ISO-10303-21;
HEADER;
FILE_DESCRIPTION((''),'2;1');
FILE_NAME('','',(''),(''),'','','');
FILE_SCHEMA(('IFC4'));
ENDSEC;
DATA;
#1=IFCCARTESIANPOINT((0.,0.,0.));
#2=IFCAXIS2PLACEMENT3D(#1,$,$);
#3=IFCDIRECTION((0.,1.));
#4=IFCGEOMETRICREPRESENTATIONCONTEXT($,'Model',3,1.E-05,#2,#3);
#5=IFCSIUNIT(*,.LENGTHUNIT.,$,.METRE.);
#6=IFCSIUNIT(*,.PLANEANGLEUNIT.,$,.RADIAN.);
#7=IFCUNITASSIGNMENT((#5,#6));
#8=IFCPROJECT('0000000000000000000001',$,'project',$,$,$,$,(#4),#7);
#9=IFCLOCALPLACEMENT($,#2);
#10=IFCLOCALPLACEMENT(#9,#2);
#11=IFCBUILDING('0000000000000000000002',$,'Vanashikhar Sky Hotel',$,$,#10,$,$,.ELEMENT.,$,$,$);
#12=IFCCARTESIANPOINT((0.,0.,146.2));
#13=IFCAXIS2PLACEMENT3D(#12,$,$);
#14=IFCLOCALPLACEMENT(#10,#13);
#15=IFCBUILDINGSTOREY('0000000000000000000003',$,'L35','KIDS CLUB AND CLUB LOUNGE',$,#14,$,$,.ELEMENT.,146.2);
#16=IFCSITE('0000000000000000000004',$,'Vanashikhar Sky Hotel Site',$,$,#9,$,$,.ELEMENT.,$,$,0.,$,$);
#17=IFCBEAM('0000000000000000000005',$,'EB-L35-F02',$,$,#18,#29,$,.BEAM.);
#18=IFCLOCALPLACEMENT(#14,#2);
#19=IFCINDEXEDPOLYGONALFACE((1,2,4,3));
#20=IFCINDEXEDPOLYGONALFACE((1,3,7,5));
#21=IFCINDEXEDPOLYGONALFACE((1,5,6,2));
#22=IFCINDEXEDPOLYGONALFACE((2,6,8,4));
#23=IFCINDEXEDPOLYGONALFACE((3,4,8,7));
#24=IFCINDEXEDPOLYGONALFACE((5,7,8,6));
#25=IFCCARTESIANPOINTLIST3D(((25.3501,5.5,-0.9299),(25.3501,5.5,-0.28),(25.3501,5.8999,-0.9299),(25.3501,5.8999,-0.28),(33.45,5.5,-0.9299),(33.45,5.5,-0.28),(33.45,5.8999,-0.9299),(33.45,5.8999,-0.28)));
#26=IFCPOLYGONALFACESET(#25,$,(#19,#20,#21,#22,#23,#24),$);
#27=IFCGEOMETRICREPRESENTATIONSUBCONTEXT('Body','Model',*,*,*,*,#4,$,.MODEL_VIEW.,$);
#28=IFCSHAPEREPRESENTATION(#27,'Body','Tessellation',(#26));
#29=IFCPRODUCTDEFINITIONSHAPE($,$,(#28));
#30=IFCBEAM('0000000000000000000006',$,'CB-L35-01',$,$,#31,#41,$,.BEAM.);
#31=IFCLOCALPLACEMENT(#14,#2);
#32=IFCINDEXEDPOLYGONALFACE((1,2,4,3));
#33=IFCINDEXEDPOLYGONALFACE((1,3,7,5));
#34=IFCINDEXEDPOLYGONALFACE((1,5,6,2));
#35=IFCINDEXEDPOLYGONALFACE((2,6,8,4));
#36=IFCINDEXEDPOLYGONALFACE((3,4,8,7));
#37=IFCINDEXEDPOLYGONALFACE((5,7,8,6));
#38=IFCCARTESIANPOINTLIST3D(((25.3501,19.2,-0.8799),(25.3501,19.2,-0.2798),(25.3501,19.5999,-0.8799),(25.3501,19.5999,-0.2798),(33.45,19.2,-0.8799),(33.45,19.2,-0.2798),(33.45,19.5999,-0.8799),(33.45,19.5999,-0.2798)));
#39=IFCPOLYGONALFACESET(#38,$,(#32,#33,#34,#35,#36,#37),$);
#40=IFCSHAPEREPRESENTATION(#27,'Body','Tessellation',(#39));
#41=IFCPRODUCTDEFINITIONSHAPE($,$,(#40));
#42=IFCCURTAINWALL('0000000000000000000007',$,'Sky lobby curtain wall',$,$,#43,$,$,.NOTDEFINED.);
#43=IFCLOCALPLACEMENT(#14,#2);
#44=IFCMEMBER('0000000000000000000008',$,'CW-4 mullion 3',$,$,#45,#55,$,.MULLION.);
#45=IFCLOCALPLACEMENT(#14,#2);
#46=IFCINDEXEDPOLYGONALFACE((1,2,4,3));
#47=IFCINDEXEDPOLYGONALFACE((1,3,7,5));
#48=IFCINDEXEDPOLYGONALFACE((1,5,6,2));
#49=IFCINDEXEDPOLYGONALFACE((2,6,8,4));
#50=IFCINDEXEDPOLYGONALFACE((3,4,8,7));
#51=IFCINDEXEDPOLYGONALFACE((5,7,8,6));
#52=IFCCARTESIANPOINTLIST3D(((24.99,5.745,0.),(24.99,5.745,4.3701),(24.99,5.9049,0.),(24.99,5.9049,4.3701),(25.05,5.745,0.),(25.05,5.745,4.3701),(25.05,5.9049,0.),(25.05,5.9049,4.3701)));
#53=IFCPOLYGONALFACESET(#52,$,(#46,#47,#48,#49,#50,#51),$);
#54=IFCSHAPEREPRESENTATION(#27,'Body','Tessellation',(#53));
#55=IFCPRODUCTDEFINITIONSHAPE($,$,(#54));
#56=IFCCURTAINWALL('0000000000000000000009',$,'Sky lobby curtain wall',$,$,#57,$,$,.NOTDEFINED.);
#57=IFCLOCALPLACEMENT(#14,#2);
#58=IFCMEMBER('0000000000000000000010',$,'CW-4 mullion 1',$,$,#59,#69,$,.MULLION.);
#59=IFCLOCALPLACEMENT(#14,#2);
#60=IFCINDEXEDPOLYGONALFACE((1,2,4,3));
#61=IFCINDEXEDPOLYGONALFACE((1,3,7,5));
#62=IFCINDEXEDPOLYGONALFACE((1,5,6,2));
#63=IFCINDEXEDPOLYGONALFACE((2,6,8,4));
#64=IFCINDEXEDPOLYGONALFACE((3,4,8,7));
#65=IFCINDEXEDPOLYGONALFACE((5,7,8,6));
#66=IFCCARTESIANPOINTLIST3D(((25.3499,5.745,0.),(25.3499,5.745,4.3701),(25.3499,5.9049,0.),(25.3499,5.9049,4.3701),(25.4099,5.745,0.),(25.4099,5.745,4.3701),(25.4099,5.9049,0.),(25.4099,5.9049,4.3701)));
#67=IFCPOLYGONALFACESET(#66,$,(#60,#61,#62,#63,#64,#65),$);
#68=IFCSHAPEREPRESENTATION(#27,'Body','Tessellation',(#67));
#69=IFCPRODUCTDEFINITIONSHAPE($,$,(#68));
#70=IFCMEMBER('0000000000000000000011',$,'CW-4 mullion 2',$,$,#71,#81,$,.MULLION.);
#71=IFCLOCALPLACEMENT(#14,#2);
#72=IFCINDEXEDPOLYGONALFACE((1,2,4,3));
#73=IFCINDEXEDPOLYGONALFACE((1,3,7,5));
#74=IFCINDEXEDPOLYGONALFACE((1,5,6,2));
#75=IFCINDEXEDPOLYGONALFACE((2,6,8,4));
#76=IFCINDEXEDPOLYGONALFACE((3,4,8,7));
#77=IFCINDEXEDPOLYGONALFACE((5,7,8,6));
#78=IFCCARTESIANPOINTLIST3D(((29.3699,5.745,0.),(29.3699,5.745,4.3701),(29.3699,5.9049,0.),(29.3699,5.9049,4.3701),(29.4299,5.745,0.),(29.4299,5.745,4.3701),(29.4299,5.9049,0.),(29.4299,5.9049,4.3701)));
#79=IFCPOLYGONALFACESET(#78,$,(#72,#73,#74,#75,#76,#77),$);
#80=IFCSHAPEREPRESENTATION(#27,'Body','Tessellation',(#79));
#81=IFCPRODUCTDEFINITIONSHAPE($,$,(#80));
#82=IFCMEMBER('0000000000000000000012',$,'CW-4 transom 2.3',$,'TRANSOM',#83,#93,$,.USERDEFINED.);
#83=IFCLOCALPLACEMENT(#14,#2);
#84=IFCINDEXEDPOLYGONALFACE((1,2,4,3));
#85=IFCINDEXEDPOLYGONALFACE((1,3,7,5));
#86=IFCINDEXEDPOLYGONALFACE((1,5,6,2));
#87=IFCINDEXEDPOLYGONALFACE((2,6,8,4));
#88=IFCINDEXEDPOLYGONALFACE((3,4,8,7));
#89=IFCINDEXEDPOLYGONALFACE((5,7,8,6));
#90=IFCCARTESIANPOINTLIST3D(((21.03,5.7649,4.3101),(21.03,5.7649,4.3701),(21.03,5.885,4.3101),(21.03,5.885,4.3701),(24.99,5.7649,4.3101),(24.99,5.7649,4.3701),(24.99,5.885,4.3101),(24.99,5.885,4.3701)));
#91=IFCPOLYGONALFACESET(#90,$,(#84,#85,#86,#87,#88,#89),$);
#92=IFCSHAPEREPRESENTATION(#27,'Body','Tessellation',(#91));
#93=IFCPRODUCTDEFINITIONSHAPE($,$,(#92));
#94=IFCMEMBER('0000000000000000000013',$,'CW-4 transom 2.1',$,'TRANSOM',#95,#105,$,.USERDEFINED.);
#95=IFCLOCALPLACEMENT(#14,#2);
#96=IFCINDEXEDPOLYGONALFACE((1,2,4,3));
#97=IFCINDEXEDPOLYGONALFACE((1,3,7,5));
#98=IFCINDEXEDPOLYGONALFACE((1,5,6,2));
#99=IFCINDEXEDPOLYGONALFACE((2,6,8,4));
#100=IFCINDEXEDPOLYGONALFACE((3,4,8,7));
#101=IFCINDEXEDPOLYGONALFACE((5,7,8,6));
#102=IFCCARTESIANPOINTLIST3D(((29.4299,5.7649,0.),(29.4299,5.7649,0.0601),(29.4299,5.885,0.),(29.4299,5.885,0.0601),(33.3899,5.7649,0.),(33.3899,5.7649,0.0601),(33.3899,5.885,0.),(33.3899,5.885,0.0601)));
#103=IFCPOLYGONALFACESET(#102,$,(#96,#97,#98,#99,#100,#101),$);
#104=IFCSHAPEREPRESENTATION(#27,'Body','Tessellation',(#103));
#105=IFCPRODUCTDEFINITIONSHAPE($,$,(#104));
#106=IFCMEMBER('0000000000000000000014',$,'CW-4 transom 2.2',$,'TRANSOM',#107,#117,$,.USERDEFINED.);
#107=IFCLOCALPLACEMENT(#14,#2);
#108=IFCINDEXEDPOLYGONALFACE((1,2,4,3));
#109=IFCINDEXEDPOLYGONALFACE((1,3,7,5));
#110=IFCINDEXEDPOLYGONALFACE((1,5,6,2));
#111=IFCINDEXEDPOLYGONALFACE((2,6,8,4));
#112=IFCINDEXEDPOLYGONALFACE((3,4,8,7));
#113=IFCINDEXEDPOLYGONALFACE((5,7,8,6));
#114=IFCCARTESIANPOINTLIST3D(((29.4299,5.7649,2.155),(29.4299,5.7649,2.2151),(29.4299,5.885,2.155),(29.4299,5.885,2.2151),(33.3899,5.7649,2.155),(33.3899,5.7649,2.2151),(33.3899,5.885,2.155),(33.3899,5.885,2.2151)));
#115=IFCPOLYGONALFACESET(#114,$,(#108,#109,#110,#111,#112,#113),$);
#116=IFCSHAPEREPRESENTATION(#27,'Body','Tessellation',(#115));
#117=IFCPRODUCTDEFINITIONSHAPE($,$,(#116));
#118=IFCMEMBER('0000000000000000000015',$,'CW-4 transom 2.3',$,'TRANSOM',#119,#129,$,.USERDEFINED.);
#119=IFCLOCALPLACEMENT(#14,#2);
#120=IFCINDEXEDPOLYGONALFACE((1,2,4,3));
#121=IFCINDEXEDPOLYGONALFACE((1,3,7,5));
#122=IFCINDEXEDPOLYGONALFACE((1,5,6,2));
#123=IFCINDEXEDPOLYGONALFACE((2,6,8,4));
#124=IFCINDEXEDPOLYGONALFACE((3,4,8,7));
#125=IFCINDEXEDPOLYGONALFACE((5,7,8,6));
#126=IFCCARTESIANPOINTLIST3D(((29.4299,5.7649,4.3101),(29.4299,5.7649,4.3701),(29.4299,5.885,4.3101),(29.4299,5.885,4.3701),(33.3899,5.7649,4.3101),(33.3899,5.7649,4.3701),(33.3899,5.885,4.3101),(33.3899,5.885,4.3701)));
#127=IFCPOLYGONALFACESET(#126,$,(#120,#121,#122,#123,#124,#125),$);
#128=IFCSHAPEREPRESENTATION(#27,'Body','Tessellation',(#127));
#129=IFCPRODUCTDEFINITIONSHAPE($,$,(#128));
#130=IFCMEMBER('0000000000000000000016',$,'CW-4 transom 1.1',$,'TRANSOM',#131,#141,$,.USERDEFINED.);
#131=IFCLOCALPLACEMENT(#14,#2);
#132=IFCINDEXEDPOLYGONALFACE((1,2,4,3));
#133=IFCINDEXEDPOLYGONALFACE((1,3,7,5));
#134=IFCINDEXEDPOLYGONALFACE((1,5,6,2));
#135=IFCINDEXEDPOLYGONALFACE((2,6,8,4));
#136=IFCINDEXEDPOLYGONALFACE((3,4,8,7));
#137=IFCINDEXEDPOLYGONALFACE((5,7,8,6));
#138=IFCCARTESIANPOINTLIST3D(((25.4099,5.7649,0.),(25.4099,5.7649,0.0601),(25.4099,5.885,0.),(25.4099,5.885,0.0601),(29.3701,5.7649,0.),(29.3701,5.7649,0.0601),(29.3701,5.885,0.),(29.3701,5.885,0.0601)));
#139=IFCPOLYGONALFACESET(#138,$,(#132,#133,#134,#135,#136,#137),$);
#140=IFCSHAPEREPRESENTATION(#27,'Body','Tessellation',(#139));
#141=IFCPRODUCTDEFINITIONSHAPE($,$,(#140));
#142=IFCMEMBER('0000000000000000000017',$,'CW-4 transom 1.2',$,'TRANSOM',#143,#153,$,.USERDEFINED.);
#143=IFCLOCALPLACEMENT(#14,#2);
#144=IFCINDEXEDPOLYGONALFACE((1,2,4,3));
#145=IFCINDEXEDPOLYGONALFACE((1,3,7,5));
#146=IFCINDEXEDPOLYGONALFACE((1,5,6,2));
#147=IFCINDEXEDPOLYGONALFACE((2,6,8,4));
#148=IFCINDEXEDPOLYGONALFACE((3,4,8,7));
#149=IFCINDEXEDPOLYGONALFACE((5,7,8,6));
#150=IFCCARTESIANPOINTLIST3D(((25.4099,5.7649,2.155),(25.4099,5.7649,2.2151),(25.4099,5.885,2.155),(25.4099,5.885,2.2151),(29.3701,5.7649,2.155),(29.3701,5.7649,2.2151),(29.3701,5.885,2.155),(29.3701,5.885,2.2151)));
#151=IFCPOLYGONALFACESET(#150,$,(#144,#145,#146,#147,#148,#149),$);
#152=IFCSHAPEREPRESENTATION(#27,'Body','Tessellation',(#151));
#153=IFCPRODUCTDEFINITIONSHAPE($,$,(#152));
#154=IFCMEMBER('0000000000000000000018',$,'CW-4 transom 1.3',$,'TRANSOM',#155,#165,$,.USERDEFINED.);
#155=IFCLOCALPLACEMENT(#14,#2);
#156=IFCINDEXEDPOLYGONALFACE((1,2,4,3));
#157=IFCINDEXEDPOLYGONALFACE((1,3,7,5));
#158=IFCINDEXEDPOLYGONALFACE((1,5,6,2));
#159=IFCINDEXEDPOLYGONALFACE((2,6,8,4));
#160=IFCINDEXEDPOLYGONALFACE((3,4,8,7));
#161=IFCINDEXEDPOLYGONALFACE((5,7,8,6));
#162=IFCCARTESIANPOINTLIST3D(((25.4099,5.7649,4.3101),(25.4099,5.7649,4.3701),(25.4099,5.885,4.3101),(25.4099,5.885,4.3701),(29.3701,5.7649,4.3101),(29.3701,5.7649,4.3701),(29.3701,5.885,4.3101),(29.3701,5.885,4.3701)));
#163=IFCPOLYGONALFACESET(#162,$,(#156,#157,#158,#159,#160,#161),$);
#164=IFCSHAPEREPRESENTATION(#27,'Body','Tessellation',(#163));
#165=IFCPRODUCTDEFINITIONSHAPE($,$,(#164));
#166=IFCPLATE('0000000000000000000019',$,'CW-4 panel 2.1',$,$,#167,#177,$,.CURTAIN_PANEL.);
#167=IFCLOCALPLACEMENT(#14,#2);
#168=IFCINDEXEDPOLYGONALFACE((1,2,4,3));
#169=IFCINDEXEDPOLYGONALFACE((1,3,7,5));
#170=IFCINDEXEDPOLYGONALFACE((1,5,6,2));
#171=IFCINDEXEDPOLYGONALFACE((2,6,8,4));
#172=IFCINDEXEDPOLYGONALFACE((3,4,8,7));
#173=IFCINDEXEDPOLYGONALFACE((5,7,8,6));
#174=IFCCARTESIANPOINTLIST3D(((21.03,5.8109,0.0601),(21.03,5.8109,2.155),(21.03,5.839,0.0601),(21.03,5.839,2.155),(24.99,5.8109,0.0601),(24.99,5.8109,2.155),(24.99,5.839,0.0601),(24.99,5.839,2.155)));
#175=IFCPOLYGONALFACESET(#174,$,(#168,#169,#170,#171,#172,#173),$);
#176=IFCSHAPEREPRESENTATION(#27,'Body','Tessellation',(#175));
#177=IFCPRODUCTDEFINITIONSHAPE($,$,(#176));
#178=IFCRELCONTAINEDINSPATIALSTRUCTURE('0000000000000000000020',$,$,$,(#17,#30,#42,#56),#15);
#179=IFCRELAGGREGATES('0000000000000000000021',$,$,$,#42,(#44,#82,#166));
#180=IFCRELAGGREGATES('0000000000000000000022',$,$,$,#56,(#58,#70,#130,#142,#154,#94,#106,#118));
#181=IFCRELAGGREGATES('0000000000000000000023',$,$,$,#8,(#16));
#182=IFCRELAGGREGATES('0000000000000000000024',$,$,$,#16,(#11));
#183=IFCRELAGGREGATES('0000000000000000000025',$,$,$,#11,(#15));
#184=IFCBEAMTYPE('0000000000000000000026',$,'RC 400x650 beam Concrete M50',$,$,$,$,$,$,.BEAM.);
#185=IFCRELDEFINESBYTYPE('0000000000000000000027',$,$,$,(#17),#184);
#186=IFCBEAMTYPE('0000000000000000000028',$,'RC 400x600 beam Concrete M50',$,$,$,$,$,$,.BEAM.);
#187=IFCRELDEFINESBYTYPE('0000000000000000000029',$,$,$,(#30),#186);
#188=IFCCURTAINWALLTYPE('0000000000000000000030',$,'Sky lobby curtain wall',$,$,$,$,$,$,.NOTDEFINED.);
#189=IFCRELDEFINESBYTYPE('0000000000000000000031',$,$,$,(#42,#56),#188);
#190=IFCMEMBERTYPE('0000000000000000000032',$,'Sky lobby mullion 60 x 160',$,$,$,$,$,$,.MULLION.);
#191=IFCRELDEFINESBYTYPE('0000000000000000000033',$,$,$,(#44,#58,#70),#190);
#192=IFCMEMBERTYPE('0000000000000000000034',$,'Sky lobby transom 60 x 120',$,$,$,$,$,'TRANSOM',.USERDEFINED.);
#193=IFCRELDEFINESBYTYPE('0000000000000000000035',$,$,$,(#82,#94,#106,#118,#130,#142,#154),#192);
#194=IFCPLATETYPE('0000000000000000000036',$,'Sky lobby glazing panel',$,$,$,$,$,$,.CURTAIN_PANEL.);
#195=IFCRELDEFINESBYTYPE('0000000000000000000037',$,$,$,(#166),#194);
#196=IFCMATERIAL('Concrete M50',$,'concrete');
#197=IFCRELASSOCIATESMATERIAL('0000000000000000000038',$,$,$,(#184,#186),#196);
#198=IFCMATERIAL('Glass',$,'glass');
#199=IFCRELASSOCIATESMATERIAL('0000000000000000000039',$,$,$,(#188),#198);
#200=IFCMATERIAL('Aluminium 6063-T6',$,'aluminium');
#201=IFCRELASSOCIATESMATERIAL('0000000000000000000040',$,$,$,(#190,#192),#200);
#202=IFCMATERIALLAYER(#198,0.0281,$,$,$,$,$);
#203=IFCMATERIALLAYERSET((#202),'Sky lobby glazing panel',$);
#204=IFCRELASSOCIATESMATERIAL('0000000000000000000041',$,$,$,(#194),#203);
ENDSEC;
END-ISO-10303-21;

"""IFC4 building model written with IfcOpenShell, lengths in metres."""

from ifc_helpers import new_model, si_unit, direction, frame, origin, origin_2d, place, context, subcontext, project, spatial, rectangle, extrude, source, transform, mapped, material, layer, layer_set, material_profile, profile_set, type_object, element, aggregate, save


model = new_model("IFC4")

# Units and contexts
model_context = context("Model", 3, precision=1e-05, world=origin(), true_north=direction((0.0, 1.0)))
body_context = subcontext(model_context, "Body", "Model", "MODEL_VIEW")
ifc_project = project(units=[si_unit("LENGTHUNIT", "METRE"), si_unit("PLANEANGLEUNIT", "RADIAN")], contexts=[model_context])

# Site, building, storey
site_placement = place(None, origin())
site = spatial("IfcSite", under=ifc_project, at=site_placement, Name="Vanashikhar Sky Hotel Site", CompositionType="ELEMENT", RefElevation=0.0)
building_placement = place(site_placement, origin())
building = spatial("IfcBuilding", under=site, at=building_placement, Name="Vanashikhar Sky Hotel", CompositionType="ELEMENT")
storey_placement = place(building_placement, frame((0.0, 0.0, 146.2)))
storey = spatial("IfcBuildingStorey", under=building, at=storey_placement, Name="L35", Description="KIDS CLUB AND CLUB LOUNGE", CompositionType="ELEMENT", Elevation=146.2)

# Beams
ifc_material_1 = material(Name="Concrete M50", Category="concrete")
ifc_material_profile_1 = material_profile(ifc_material_1, rectangle(XDim=0.3999, YDim=0.6499, at=origin_2d()))
ifc_profile_set_1 = profile_set([ifc_material_profile_1], Name="RC 400x650 beam Concrete M50")
beam_type_1 = type_object("IfcBeamType", Name="RC 400x650 beam Concrete M50", PredefinedType="BEAM", material=ifc_profile_set_1)
shared_shape_1 = source(origin(), body_context, "Body", "SweptSolid", [
    extrude(rectangle(XDim=0.3999, YDim=0.6499, at=origin_2d()), origin(), (0.0, 0.0, 1.0), 8.0999),
])
beam_1_placement = place(storey_placement, frame((25.3501, 5.7, -0.605), z_axis=(1.0, 0.0, 0.0), x_axis=(0.0, 1.0, 0.0)))
element("IfcBeam", 1, at=beam_1_placement, inside=storey, type_object=beam_type_1, Name="EB-L35-F02", PredefinedType="BEAM", context=body_context, shape_type="MappedRepresentation", body=[
    mapped(shared_shape_1, transform((0.0, 0.0, 0.0), scale=1.0)),
])
ifc_material_profile_2 = material_profile(ifc_material_1, rectangle(XDim=0.3999, YDim=0.6001, at=origin_2d()))
ifc_profile_set_2 = profile_set([ifc_material_profile_2], Name="RC 400x600 beam Concrete M50")
beam_type_2 = type_object("IfcBeamType", Name="RC 400x600 beam Concrete M50", PredefinedType="BEAM", material=ifc_profile_set_2)
shared_shape_2 = source(origin(), body_context, "Body", "SweptSolid", [
    extrude(rectangle(XDim=0.3999, YDim=0.6001, at=origin_2d()), origin(), (0.0, 0.0, 1.0), 8.0999),
])
beam_2_placement = place(storey_placement, frame((25.3501, 19.3999, -0.5798), z_axis=(1.0, 0.0, 0.0), x_axis=(0.0, 1.0, 0.0)))
element("IfcBeam", 2, at=beam_2_placement, inside=storey, type_object=beam_type_2, Name="CB-L35-01", PredefinedType="BEAM", context=body_context, shape_type="MappedRepresentation", body=[
    mapped(shared_shape_2, transform((0.0, 0.0, 0.0), scale=1.0)),
])

# Curtain wall, member
ifc_material_2 = material(Name="Glass", Category="glass")
curtain_wall_type = type_object("IfcCurtainWallType", Name="Sky lobby curtain wall", PredefinedType="NOTDEFINED", material=ifc_material_2)
curtain_wall_1_placement = place(storey_placement, origin())
curtain_wall_1 = element("IfcCurtainWall", 3, at=curtain_wall_1_placement, inside=storey, type_object=curtain_wall_type, Name="Sky lobby curtain wall", PredefinedType="NOTDEFINED")
ifc_material_3 = material(Name="Aluminium 6063-T6", Category="aluminium")
ifc_material_profile_3 = material_profile(ifc_material_3, rectangle(XDim=0.1599, YDim=0.0601, at=origin_2d()))
ifc_profile_set_3 = profile_set([ifc_material_profile_3], Name="Aluminium 6063-T6")
member_type_1 = type_object("IfcMemberType", Name="Sky lobby mullion 60 x 160", PredefinedType="MULLION", material=ifc_profile_set_3)
shared_shape_3 = source(origin(), body_context, "Body", "SweptSolid", [
    extrude(rectangle(XDim=0.1599, YDim=0.0601, at=origin_2d()), origin(), (0.0, 0.0, 1.0), 4.3701),
])
member_1_placement = place(storey_placement, frame((25.02, 5.825, 0.0), z_axis=(0.0, 0.0, 1.0), x_axis=(0.0, 1.0, 0.0)))
member_1 = element("IfcMember", 4, at=member_1_placement, type_object=member_type_1, Name="CW-4 mullion 3", PredefinedType="MULLION", context=body_context, shape_type="MappedRepresentation", body=[
    mapped(shared_shape_3, transform((0.0, 0.0, 0.0), scale=1.0)),
])

# Curtain wall, members
curtain_wall_2_placement = place(storey_placement, origin())
curtain_wall_2 = element("IfcCurtainWall", 5, at=curtain_wall_2_placement, inside=storey, type_object=curtain_wall_type, Name="Sky lobby curtain wall", PredefinedType="NOTDEFINED")
member_2_placement = place(storey_placement, frame((25.3799, 5.825, 0.0), z_axis=(0.0, 0.0, 1.0), x_axis=(0.0, 1.0, 0.0)))
member_2 = element("IfcMember", 6, at=member_2_placement, type_object=member_type_1, Name="CW-4 mullion 1", PredefinedType="MULLION", context=body_context, shape_type="MappedRepresentation", body=[
    mapped(shared_shape_3, transform((0.0, 0.0, 0.0), scale=1.0)),
])
member_3_placement = place(storey_placement, frame((29.3999, 5.825, 0.0), z_axis=(0.0, 0.0, 1.0), x_axis=(0.0, 1.0, 0.0)))
member_3 = element("IfcMember", 7, at=member_3_placement, type_object=member_type_1, Name="CW-4 mullion 2", PredefinedType="MULLION", context=body_context, shape_type="MappedRepresentation", body=[
    mapped(shared_shape_3, transform((0.0, 0.0, 0.0), scale=1.0)),
])

# Members
ifc_material_profile_4 = material_profile(ifc_material_3, rectangle(XDim=0.1201, YDim=0.0601, at=origin_2d()))
ifc_profile_set_4 = profile_set([ifc_material_profile_4], Name="Aluminium 6063-T6")
member_type_2 = type_object("IfcMemberType", Name="Sky lobby transom 60 x 120", ElementType="TRANSOM", PredefinedType="USERDEFINED", material=ifc_profile_set_4)
shared_shape_4 = source(origin(), body_context, "Body", "SweptSolid", [
    extrude(rectangle(XDim=0.1201, YDim=0.0601, at=origin_2d()), origin(), (0.0, 0.0, 1.0), 3.96),
])
member_4_placement = place(storey_placement, frame((21.03, 5.825, 4.3401), z_axis=(1.0, 0.0, 0.0), x_axis=(0.0, 1.0, 0.0)))
member_4 = element("IfcMember", 8, at=member_4_placement, type_object=member_type_2, Name="CW-4 transom 2.3", ObjectType="TRANSOM", PredefinedType="USERDEFINED", context=body_context, shape_type="MappedRepresentation", body=[
    mapped(shared_shape_4, transform((0.0, 0.0, 0.0), scale=1.0)),
])
member_5_placement = place(storey_placement, frame((29.4299, 5.825, 0.03), z_axis=(1.0, 0.0, 0.0), x_axis=(0.0, 1.0, 0.0)))
member_5 = element("IfcMember", 9, at=member_5_placement, type_object=member_type_2, Name="CW-4 transom 2.1", ObjectType="TRANSOM", PredefinedType="USERDEFINED", context=body_context, shape_type="MappedRepresentation", body=[
    mapped(shared_shape_4, transform((0.0, 0.0, 0.0), scale=1.0)),
])
member_6_placement = place(storey_placement, frame((29.4299, 5.825, 2.1851), z_axis=(1.0, 0.0, 0.0), x_axis=(0.0, 1.0, 0.0)))
member_6 = element("IfcMember", 10, at=member_6_placement, type_object=member_type_2, Name="CW-4 transom 2.2", ObjectType="TRANSOM", PredefinedType="USERDEFINED", context=body_context, shape_type="MappedRepresentation", body=[
    mapped(shared_shape_4, transform((0.0, 0.0, 0.0), scale=1.0)),
])
member_7_placement = place(storey_placement, frame((29.4299, 5.825, 4.3401), z_axis=(1.0, 0.0, 0.0), x_axis=(0.0, 1.0, 0.0)))
member_7 = element("IfcMember", 11, at=member_7_placement, type_object=member_type_2, Name="CW-4 transom 2.3", ObjectType="TRANSOM", PredefinedType="USERDEFINED", context=body_context, shape_type="MappedRepresentation", body=[
    mapped(shared_shape_4, transform((0.0, 0.0, 0.0), scale=1.0)),
])
shared_shape_5 = source(origin(), body_context, "Body", "SweptSolid", [
    extrude(rectangle(XDim=0.1201, YDim=0.0601, at=origin_2d()), origin(), (0.0, 0.0, 1.0), 3.9602),
])
member_8_placement = place(storey_placement, frame((25.4099, 5.825, 0.03), z_axis=(1.0, 0.0, 0.0), x_axis=(0.0, 1.0, 0.0)))
member_8 = element("IfcMember", 12, at=member_8_placement, type_object=member_type_2, Name="CW-4 transom 1.1", ObjectType="TRANSOM", PredefinedType="USERDEFINED", context=body_context, shape_type="MappedRepresentation", body=[
    mapped(shared_shape_5, transform((0.0, 0.0, 0.0), scale=1.0)),
])
member_9_placement = place(storey_placement, frame((25.4099, 5.825, 2.1851), z_axis=(1.0, 0.0, 0.0), x_axis=(0.0, 1.0, 0.0)))
member_9 = element("IfcMember", 13, at=member_9_placement, type_object=member_type_2, Name="CW-4 transom 1.2", ObjectType="TRANSOM", PredefinedType="USERDEFINED", context=body_context, shape_type="MappedRepresentation", body=[
    mapped(shared_shape_5, transform((0.0, 0.0, 0.0), scale=1.0)),
])
member_10_placement = place(storey_placement, frame((25.4099, 5.825, 4.3401), z_axis=(1.0, 0.0, 0.0), x_axis=(0.0, 1.0, 0.0)))
member_10 = element("IfcMember", 14, at=member_10_placement, type_object=member_type_2, Name="CW-4 transom 1.3", ObjectType="TRANSOM", PredefinedType="USERDEFINED", context=body_context, shape_type="MappedRepresentation", body=[
    mapped(shared_shape_5, transform((0.0, 0.0, 0.0), scale=1.0)),
])

# Plate
ifc_layer_1 = layer(ifc_material_2, 0.0281)
ifc_layer_set_1 = layer_set([ifc_layer_1], Name="Sky lobby glazing panel")
plate_type = type_object("IfcPlateType", Name="Sky lobby glazing panel", PredefinedType="CURTAIN_PANEL", material=ifc_layer_set_1)
shared_shape_6 = source(origin(), body_context, "Body", "SweptSolid", [
    extrude(rectangle(XDim=3.96, YDim=0.0281, at=origin_2d()), origin(), (0.0, 0.0, 1.0), 2.095),
])
plate_1_placement = place(storey_placement, frame((23.01, 5.825, 0.0601), z_axis=(0.0, 0.0, 1.0), x_axis=(1.0, 0.0, 0.0)))
plate_1 = element("IfcPlate", 15, at=plate_1_placement, type_object=plate_type, Name="CW-4 panel 2.1", PredefinedType="CURTAIN_PANEL", context=body_context, shape_type="MappedRepresentation", body=[
    mapped(shared_shape_6, transform((0.0, 0.0, 0.0), scale=1.0)),
])
aggregate(curtain_wall_1, [member_1, member_4, plate_1])
aggregate(curtain_wall_2, [member_2, member_3, member_8, member_9, member_10, member_5, member_6, member_7])

save(model, "model.ifc")
